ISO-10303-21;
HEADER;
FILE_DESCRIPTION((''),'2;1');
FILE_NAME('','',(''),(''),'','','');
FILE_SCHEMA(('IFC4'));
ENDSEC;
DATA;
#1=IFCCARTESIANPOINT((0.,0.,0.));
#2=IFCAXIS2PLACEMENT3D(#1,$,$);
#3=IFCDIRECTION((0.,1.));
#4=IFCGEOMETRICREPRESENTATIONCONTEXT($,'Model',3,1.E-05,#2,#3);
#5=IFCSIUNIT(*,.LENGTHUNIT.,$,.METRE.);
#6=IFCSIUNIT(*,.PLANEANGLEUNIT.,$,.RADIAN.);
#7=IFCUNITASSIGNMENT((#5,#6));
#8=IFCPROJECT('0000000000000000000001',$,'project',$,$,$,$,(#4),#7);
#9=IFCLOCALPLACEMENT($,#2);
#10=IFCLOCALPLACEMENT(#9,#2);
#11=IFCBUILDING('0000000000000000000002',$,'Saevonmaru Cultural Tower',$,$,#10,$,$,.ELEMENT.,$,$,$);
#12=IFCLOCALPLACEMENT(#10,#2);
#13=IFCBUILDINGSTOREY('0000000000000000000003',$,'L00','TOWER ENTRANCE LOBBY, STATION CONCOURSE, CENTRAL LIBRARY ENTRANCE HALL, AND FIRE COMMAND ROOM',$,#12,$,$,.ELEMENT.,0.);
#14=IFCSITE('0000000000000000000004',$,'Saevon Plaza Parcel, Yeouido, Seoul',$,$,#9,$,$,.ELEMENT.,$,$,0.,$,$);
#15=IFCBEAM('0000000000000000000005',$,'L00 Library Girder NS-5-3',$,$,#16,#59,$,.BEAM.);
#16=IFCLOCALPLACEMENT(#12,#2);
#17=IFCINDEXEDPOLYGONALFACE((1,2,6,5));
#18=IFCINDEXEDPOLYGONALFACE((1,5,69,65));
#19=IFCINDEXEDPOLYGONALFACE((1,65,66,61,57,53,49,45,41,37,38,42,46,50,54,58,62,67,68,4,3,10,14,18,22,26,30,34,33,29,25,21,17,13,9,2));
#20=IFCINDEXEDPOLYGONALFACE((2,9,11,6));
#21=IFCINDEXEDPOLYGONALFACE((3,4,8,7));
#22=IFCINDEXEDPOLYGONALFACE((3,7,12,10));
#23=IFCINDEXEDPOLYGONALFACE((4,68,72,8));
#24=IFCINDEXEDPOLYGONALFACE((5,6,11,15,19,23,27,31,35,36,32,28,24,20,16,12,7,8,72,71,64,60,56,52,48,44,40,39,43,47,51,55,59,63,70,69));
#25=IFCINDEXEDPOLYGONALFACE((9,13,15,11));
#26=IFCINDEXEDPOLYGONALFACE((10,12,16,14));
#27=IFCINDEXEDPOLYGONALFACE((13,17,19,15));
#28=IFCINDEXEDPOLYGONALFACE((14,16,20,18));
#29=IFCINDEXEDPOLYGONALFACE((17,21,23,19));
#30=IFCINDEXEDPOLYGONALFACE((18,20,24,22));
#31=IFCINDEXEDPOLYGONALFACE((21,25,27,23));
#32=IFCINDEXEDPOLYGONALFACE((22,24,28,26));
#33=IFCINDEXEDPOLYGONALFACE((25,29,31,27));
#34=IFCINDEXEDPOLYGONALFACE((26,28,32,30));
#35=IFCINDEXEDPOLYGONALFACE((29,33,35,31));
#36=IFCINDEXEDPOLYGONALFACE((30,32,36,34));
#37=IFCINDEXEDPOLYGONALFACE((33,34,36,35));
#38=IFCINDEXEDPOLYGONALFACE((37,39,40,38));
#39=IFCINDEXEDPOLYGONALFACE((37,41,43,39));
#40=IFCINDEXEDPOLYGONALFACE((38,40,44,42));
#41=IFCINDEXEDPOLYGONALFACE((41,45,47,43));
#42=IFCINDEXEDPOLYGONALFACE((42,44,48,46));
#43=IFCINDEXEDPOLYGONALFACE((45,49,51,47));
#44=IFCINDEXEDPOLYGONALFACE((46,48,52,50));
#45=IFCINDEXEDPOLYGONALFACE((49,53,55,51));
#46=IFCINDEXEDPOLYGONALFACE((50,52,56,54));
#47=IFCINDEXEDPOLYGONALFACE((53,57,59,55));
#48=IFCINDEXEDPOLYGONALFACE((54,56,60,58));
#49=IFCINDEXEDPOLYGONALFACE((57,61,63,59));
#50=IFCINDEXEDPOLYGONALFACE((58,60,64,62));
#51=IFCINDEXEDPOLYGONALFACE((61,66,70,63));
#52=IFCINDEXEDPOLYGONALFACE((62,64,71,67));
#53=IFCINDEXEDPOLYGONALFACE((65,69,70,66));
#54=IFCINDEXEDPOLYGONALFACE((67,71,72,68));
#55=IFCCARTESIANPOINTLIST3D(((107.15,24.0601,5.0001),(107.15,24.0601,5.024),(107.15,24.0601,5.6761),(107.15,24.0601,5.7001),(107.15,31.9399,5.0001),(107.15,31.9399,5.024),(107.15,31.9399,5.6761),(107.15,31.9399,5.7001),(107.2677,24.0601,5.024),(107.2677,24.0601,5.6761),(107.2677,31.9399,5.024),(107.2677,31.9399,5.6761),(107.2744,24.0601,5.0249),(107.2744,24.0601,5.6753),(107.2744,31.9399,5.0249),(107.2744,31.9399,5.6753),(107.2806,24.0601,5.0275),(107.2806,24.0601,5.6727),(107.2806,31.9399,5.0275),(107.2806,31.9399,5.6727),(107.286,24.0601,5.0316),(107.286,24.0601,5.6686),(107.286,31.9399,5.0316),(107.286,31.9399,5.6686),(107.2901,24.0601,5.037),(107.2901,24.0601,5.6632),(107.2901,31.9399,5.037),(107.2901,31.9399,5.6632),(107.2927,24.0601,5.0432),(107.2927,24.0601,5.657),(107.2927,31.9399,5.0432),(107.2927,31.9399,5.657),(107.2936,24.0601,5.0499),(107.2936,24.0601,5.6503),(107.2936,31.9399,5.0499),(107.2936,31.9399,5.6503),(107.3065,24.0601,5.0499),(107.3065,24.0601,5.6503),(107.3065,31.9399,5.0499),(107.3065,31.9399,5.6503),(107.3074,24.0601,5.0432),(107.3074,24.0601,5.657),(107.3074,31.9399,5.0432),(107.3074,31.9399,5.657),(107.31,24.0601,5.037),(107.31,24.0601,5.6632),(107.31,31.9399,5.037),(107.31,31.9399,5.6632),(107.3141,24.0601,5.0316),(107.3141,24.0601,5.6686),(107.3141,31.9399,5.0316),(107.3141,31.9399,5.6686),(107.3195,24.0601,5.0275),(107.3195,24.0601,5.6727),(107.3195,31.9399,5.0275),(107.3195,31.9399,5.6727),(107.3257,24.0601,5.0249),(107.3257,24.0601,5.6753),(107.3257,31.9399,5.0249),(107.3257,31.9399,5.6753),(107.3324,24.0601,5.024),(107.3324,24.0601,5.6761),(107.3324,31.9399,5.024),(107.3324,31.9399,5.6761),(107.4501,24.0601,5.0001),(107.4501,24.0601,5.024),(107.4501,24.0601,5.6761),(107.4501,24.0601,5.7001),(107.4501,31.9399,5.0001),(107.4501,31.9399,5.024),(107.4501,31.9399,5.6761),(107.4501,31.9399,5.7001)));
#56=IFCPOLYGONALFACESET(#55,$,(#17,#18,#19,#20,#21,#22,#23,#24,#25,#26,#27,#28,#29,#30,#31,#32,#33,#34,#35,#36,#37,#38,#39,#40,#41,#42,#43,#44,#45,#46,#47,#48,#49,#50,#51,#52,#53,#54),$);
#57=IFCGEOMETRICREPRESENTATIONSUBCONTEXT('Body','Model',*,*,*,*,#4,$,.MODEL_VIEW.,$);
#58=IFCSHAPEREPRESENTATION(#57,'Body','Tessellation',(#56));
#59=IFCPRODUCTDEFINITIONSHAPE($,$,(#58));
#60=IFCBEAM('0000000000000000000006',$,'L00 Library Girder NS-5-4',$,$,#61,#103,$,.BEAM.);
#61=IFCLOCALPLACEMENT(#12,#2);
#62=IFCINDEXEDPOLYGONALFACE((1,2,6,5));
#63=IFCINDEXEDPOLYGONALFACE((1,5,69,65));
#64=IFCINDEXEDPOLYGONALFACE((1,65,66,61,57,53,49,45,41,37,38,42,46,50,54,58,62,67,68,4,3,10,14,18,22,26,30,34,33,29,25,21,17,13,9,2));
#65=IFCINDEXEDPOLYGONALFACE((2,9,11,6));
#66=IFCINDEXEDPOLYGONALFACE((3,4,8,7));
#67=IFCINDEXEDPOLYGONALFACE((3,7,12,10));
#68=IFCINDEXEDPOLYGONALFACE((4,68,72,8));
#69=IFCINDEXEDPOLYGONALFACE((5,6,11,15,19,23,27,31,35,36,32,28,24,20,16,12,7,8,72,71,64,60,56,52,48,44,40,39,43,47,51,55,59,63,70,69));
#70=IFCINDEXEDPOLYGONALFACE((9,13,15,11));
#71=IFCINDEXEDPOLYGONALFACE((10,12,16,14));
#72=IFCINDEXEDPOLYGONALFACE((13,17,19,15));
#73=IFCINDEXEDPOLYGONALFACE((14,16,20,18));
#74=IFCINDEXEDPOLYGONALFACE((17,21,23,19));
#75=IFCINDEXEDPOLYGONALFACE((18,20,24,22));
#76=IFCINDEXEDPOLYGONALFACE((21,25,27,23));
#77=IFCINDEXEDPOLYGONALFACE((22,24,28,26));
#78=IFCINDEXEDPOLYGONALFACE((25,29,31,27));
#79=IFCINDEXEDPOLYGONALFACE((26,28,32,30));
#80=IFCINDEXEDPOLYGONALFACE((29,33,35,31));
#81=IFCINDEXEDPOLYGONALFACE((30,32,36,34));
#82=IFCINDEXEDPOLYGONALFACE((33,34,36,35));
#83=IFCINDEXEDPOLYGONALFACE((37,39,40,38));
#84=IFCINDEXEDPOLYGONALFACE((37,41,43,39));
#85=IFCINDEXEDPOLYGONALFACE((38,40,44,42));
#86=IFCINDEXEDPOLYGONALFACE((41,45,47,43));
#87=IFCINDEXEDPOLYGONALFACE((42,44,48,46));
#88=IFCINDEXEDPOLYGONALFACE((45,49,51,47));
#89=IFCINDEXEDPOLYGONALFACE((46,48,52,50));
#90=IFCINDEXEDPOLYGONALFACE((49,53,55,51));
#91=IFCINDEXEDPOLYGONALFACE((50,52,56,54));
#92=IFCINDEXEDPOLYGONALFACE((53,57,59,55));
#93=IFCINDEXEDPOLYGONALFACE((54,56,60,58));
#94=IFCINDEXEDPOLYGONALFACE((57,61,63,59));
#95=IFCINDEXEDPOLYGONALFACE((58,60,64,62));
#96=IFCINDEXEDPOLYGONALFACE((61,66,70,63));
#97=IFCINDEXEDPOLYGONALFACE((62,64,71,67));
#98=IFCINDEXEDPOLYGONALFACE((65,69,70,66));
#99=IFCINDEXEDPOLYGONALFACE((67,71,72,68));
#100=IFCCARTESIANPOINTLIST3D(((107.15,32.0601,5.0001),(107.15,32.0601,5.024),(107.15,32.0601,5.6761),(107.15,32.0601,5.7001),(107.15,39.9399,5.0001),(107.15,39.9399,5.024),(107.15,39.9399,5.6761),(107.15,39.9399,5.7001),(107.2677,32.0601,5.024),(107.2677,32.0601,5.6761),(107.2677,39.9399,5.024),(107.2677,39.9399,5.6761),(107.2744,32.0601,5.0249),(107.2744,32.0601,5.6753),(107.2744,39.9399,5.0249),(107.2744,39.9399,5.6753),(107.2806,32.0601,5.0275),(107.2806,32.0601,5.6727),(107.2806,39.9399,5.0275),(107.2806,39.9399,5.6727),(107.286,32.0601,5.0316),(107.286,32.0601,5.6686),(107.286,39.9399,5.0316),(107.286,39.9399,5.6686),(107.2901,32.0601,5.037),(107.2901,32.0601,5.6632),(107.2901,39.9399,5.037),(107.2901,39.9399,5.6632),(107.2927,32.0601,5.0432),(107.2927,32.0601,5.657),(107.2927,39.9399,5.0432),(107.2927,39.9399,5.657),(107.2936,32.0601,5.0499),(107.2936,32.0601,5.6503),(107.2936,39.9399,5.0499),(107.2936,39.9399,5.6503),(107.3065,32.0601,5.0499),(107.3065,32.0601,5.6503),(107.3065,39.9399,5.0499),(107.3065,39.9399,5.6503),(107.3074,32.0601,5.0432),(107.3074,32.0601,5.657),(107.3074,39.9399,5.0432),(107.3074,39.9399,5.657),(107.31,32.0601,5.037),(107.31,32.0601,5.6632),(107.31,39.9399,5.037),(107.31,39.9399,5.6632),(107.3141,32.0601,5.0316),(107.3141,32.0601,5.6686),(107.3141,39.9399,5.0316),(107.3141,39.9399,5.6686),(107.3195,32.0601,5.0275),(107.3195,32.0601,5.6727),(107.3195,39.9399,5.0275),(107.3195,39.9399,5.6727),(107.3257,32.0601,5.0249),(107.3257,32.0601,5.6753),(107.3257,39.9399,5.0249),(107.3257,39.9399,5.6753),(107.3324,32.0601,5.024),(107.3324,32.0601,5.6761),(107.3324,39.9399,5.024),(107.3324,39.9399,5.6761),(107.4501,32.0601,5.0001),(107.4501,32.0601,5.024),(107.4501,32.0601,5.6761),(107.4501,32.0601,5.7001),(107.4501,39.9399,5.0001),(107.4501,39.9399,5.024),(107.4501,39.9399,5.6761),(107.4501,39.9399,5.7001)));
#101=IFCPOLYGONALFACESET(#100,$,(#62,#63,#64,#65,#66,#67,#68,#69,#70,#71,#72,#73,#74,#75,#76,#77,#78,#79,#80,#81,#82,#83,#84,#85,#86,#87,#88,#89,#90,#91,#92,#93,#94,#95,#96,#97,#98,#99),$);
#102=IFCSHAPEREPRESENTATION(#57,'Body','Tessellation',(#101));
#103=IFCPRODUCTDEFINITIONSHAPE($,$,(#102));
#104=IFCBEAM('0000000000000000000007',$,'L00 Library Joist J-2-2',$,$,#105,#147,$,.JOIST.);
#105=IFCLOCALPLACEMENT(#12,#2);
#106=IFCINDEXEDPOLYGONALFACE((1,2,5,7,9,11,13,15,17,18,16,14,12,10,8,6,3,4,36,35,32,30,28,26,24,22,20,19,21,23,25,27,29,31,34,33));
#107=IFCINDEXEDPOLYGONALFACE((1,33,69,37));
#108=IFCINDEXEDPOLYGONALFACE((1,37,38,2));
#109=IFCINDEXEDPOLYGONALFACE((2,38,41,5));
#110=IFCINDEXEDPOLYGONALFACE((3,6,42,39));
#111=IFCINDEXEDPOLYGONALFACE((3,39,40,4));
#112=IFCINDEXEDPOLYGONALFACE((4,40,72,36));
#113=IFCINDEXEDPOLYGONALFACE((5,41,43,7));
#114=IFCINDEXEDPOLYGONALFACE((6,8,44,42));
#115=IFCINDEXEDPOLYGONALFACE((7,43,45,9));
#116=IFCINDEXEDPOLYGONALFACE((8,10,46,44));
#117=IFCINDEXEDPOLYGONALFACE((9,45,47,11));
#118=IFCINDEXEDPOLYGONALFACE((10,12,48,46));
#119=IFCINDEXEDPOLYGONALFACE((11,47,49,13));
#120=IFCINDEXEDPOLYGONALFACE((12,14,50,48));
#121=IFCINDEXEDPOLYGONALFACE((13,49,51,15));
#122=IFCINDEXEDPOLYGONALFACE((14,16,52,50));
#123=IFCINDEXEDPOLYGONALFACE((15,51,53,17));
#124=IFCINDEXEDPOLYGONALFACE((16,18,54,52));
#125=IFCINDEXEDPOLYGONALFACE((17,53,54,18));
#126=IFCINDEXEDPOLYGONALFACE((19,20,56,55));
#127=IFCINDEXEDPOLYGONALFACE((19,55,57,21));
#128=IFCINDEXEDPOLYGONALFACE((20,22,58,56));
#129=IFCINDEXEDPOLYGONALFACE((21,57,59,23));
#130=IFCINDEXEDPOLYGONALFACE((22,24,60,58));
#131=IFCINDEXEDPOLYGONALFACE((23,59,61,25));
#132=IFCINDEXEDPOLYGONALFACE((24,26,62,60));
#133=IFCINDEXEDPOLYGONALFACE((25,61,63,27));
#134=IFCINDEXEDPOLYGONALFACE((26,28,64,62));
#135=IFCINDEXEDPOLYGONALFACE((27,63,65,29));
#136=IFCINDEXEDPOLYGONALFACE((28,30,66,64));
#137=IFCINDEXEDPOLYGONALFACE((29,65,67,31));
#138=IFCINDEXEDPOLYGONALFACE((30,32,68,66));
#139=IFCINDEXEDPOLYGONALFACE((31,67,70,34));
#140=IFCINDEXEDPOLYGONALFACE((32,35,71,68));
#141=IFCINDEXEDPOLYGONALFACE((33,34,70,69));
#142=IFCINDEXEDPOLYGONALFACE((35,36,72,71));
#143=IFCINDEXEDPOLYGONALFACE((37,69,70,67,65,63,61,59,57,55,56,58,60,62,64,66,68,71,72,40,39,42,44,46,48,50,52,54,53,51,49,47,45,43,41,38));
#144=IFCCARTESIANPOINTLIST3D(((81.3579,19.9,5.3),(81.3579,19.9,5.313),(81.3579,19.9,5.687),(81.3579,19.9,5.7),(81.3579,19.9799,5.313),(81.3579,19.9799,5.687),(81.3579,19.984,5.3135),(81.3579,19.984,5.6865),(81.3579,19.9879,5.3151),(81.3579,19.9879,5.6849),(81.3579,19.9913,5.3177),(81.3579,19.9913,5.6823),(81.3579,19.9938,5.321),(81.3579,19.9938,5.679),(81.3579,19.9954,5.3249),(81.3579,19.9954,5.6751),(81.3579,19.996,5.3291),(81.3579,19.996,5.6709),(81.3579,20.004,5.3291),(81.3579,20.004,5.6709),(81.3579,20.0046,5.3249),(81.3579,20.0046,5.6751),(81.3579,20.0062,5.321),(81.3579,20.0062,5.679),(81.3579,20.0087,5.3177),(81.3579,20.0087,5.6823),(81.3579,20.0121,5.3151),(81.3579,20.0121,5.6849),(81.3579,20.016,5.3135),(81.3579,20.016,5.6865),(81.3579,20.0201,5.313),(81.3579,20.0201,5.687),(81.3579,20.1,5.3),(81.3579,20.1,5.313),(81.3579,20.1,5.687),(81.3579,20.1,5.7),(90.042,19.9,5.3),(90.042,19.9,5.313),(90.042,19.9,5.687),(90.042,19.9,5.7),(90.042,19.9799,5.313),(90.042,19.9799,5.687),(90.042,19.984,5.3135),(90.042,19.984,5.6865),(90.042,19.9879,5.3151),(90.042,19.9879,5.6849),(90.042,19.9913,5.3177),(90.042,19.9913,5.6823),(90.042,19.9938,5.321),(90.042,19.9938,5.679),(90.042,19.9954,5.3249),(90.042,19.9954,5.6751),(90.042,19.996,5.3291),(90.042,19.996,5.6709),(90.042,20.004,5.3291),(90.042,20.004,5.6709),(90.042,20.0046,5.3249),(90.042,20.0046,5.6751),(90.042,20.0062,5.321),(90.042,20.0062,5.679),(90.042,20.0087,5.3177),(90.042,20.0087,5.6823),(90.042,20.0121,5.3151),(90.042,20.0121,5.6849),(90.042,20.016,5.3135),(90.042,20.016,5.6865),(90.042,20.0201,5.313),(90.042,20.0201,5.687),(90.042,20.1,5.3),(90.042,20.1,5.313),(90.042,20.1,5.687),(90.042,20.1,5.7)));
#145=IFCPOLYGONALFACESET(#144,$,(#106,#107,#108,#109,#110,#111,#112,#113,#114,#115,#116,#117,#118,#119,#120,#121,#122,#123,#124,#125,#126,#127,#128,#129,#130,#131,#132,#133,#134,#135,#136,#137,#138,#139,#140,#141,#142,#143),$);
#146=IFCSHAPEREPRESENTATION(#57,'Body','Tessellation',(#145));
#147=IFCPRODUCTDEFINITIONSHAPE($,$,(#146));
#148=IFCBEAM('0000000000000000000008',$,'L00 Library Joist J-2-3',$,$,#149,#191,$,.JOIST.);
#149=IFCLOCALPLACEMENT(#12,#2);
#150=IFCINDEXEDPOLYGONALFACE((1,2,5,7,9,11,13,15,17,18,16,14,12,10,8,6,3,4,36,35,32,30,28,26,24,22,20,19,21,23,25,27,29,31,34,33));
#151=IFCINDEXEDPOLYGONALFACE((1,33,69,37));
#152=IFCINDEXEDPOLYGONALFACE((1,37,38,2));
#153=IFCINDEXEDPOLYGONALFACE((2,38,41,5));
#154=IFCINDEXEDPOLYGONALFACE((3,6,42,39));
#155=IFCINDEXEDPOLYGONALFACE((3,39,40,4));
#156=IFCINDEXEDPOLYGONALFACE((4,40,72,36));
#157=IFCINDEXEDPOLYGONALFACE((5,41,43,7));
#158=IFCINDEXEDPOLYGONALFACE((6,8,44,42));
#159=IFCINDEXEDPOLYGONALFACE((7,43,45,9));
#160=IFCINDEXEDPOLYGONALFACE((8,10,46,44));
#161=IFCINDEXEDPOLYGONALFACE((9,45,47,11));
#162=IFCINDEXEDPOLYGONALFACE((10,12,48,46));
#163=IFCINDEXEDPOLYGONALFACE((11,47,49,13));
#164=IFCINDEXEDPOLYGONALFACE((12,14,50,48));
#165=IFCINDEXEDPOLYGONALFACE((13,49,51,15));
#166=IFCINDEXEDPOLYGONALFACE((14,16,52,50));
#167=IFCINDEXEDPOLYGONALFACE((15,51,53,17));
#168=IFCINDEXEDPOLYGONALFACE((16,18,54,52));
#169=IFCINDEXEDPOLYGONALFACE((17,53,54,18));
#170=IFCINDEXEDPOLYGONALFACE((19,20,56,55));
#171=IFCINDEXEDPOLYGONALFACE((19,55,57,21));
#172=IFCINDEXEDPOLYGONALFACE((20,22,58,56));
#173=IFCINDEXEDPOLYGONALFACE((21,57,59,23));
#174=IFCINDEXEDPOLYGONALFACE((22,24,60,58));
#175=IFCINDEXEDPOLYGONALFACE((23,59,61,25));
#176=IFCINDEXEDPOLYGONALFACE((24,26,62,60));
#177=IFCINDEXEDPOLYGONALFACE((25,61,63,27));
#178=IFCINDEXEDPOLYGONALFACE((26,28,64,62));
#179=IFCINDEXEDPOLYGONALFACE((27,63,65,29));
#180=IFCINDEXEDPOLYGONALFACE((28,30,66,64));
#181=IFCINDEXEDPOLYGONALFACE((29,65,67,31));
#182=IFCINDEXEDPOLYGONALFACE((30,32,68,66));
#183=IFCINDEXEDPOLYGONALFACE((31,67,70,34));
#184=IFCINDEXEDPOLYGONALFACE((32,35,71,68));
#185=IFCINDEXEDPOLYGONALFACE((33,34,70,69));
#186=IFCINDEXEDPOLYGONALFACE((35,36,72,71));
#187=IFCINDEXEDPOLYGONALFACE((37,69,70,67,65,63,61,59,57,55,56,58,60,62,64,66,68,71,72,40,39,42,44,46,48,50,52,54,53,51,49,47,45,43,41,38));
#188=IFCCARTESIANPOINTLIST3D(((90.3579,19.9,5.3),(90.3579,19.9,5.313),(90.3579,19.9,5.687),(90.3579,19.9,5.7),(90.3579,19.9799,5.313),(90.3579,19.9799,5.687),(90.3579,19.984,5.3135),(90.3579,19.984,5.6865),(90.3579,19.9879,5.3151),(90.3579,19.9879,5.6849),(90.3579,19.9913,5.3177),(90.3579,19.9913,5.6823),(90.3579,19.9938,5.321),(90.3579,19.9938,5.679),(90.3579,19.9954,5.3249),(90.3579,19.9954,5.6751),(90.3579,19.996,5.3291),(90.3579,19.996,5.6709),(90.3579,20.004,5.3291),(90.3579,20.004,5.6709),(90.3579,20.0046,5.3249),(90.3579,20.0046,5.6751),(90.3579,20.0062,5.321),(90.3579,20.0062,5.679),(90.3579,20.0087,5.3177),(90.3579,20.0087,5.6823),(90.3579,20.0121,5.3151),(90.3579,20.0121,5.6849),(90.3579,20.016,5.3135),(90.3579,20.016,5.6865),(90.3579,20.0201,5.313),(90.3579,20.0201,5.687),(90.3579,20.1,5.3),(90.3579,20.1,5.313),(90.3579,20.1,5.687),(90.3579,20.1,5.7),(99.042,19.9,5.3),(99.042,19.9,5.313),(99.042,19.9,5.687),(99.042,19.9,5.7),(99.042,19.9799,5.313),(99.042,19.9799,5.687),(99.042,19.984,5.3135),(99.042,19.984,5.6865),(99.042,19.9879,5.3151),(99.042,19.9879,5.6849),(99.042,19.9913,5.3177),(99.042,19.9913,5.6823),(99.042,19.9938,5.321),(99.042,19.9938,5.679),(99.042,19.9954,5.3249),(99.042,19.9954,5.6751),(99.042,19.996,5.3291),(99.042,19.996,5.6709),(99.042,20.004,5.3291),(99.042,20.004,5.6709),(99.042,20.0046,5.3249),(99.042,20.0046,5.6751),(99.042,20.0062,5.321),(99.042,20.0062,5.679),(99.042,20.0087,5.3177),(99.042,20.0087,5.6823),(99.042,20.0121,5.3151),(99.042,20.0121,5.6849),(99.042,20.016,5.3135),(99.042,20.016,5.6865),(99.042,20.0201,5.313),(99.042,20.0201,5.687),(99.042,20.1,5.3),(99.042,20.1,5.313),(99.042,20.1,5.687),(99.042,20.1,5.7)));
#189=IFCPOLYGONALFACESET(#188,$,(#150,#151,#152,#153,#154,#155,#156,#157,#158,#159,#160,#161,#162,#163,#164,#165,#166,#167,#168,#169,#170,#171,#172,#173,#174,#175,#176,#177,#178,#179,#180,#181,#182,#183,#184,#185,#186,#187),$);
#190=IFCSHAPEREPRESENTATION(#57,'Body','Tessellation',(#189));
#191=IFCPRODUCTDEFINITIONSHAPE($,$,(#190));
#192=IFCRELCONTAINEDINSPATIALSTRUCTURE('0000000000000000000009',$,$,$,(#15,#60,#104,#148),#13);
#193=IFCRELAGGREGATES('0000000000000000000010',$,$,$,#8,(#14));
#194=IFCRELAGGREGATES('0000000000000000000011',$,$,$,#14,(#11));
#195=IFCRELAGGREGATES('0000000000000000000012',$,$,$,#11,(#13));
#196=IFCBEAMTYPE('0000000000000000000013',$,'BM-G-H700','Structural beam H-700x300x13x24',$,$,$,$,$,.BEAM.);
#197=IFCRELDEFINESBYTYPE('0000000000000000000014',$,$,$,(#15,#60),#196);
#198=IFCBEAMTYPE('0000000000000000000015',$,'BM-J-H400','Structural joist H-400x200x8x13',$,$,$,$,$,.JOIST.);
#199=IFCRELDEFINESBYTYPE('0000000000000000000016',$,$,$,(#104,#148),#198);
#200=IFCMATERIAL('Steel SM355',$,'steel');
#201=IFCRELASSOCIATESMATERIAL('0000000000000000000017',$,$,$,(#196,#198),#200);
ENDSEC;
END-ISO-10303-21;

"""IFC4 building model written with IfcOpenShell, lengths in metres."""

from ifc_helpers import new_model, si_unit, direction, frame, origin, origin_2d, place, context, subcontext, project, spatial, i_section, extrude, material, material_profile, profile_set, type_object, element, save


model = new_model("IFC4")

# Units and contexts
model_context = context("Model", 3, precision=1e-05, world=origin(), true_north=direction((0.0, 1.0)))
body_context = subcontext(model_context, "Body", "Model", "MODEL_VIEW")
ifc_project = project(units=[si_unit("LENGTHUNIT", "METRE"), si_unit("PLANEANGLEUNIT", "RADIAN")], contexts=[model_context])

# Site, building, storey
site_placement = place(None, origin())
site = spatial("IfcSite", under=ifc_project, at=site_placement, Name="Saevon Plaza Parcel, Yeouido, Seoul", CompositionType="ELEMENT", RefElevation=0.0)
building_placement = place(site_placement, origin())
building = spatial("IfcBuilding", under=site, at=building_placement, Name="Saevonmaru Cultural Tower", CompositionType="ELEMENT")
storey_placement = place(building_placement, origin())
storey = spatial("IfcBuildingStorey", under=building, at=storey_placement, Name="L00", Description="TOWER ENTRANCE LOBBY, STATION CONCOURSE, CENTRAL LIBRARY ENTRANCE HALL, AND FIRE COMMAND ROOM", CompositionType="ELEMENT", Elevation=0.0)

# Shared definitions
ifc_material_1 = material(Name="Steel SM355", Category="steel")

# Beams
ifc_material_profile_1 = material_profile(ifc_material_1, i_section(OverallWidth=0.3, OverallDepth=0.7, WebThickness=0.0129, FlangeThickness=0.0239, FilletRadius=0.0259, at=origin_2d()), Name="H-700x300x13x24")
ifc_profile_set_1 = profile_set([ifc_material_profile_1], Name="Steel SM355")
beam_type_1 = type_object("IfcBeamType", Name="BM-G-H700", Description="Structural beam H-700x300x13x24", PredefinedType="BEAM", material=ifc_profile_set_1)
for number, where, z_axis, x_axis, name in (
    (1, (107.3, 24.0601, 5.3501), (0.0, 1.0, 0.0), (-1.0, 0.0, 0.0), "L00 Library Girder NS-5-3"),
    (2, (107.3, 32.0601, 5.3501), (0.0, 1.0, 0.0), (-1.0, 0.0, 0.0), "L00 Library Girder NS-5-4"),
):
    element("IfcBeam", number, at=place(storey_placement, frame(where, z_axis=z_axis, x_axis=x_axis)), inside=storey, type_object=beam_type_1, Name=name, PredefinedType="BEAM", context=body_context, shape_type="SweptSolid", body=[
        extrude(i_section(OverallWidth=0.3, OverallDepth=0.7, WebThickness=0.0129, FlangeThickness=0.0239, FilletRadius=0.0259, at=origin_2d()), origin(), (0.0, 0.0, 1.0), 7.8799),
    ])
ifc_material_profile_2 = material_profile(ifc_material_1, i_section(OverallWidth=0.2, OverallDepth=0.3999, WebThickness=0.0081, FlangeThickness=0.0129, FilletRadius=0.0161, at=origin_2d()), Name="H-400x200x8x13")
ifc_profile_set_2 = profile_set([ifc_material_profile_2], Name="Steel SM355")
beam_type_2 = type_object("IfcBeamType", Name="BM-J-H400", Description="Structural joist H-400x200x8x13", PredefinedType="JOIST", material=ifc_profile_set_2)
for number, where, z_axis, x_axis, name in (
    (3, (81.3579, 20.0, 5.5), (1.0, 0.0, 0.0), (0.0, 1.0, 0.0), "L00 Library Joist J-2-2"),
    (4, (90.3579, 20.0, 5.5), (1.0, 0.0, 0.0), (0.0, 1.0, 0.0), "L00 Library Joist J-2-3"),
):
    element("IfcBeam", number, at=place(storey_placement, frame(where, z_axis=z_axis, x_axis=x_axis)), inside=storey, type_object=beam_type_2, Name=name, PredefinedType="JOIST", context=body_context, shape_type="SweptSolid", body=[
        extrude(i_section(OverallWidth=0.2, OverallDepth=0.3999, WebThickness=0.0081, FlangeThickness=0.0129, FilletRadius=0.0161, at=origin_2d()), origin(), (0.0, 0.0, 1.0), 8.6841),
    ])

save(model, "model.ifc")
